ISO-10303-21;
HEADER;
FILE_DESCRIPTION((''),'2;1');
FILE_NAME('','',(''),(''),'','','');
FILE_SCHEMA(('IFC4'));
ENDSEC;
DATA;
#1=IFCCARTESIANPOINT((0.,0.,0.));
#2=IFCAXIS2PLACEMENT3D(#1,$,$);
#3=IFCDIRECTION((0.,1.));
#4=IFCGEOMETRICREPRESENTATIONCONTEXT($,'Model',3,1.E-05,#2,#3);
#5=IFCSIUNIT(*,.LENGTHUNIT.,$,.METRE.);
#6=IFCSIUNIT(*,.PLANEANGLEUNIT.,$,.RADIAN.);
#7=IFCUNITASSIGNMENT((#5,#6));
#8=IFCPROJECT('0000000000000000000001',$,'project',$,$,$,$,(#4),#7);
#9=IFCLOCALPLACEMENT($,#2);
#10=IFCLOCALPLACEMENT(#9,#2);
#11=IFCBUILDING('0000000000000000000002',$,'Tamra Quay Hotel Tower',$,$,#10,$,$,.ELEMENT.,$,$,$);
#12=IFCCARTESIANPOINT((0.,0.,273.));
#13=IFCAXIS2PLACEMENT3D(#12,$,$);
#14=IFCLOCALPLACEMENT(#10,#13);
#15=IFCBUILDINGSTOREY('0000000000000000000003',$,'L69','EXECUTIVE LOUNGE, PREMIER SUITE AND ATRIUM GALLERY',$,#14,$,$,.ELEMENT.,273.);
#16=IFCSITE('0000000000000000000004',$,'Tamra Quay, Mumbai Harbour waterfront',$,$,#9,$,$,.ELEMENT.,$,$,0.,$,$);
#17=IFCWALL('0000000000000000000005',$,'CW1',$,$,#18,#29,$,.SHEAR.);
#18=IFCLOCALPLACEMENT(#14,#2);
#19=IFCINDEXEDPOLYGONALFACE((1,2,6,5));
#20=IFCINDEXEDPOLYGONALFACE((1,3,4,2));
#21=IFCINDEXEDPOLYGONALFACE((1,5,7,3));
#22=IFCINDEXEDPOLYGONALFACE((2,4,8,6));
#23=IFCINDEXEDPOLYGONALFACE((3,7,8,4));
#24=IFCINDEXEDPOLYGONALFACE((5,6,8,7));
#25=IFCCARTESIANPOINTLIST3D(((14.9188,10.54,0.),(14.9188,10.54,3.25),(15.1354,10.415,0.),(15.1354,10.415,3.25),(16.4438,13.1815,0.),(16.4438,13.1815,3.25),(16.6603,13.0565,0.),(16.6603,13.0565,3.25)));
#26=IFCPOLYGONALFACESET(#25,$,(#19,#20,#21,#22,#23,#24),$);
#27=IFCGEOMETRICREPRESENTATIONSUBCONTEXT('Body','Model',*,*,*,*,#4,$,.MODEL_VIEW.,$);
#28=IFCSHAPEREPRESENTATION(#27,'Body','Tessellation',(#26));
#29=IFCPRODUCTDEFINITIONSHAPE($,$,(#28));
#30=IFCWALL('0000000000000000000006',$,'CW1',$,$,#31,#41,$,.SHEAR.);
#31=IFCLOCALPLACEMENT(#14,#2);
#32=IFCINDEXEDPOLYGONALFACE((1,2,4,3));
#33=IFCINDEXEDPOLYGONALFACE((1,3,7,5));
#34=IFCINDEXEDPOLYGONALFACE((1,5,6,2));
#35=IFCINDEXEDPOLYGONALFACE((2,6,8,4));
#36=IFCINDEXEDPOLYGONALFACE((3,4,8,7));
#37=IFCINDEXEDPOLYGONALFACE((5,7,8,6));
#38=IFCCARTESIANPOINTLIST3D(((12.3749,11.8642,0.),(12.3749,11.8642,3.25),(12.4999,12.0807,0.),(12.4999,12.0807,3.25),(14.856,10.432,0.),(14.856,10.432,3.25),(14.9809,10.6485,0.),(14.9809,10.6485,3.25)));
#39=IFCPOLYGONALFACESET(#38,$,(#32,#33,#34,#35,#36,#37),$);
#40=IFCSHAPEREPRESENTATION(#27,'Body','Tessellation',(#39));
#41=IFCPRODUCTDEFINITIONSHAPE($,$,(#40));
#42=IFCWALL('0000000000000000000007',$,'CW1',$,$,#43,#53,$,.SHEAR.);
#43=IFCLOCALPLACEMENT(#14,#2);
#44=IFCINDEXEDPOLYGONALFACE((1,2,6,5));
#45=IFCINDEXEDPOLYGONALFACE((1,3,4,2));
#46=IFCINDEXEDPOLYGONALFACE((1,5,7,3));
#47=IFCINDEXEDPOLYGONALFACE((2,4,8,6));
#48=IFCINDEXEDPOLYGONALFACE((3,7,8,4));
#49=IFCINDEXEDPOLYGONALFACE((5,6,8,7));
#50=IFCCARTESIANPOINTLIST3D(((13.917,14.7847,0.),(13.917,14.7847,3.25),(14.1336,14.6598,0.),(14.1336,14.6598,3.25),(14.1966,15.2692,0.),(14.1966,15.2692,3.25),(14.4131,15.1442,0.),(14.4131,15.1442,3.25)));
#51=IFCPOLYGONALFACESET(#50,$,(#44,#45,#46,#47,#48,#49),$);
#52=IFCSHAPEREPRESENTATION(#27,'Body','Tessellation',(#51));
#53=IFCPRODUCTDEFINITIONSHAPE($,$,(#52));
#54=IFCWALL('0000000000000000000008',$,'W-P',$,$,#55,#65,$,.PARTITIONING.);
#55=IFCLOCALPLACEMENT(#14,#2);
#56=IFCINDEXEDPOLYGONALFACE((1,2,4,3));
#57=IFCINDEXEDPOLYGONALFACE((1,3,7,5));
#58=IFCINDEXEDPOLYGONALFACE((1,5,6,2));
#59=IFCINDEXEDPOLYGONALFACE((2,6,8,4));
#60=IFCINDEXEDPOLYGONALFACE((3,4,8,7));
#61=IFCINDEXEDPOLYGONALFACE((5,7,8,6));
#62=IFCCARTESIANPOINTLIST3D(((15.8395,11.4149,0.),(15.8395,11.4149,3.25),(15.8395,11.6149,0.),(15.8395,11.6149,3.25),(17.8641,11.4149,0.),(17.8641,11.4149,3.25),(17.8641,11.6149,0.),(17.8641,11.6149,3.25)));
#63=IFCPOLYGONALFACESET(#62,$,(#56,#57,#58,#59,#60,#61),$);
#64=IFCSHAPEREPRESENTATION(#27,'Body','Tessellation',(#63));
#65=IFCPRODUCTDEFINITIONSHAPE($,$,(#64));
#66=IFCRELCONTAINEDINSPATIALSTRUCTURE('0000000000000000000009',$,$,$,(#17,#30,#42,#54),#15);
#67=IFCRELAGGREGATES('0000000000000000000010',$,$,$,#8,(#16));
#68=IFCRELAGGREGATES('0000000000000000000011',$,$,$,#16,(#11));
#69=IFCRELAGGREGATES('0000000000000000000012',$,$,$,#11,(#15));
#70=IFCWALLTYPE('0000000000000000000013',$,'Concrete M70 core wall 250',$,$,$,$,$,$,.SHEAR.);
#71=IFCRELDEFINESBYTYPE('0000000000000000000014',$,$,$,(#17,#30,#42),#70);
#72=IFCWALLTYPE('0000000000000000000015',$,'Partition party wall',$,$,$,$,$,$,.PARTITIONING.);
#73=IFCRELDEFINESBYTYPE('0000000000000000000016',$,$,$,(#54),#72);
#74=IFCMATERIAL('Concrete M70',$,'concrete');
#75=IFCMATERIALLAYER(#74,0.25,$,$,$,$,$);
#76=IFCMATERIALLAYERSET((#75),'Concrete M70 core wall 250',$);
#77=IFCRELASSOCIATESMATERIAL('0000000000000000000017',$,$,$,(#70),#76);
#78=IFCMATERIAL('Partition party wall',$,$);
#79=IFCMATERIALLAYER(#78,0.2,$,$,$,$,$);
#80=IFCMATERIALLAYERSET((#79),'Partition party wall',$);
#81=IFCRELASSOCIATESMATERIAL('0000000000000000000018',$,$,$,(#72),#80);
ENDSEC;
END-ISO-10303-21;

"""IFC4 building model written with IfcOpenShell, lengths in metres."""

from ifc_helpers import new_model, si_unit, direction, frame, frame_2d, origin, place, context, subcontext, project, spatial, rectangle, extrude, material, layer, layer_set, type_object, element, save


model = new_model("IFC4")

# Units and contexts
model_context = context("Model", 3, precision=1e-05, world=origin(), true_north=direction((0.0, 1.0)))
body_context = subcontext(model_context, "Body", "Model", "MODEL_VIEW")
ifc_project = project(units=[si_unit("LENGTHUNIT", "METRE"), si_unit("PLANEANGLEUNIT", "RADIAN")], contexts=[model_context])

# Site, building, storey
site_placement = place(None, origin())
site = spatial("IfcSite", under=ifc_project, at=site_placement, Name="Tamra Quay, Mumbai Harbour waterfront", CompositionType="ELEMENT", RefElevation=0.0)
building_placement = place(site_placement, origin())
building = spatial("IfcBuilding", under=site, at=building_placement, Name="Tamra Quay Hotel Tower", CompositionType="ELEMENT")
storey_placement = place(building_placement, frame((0.0, 0.0, 273.0)))
storey = spatial("IfcBuildingStorey", under=building, at=storey_placement, Name="L69", Description="EXECUTIVE LOUNGE, PREMIER SUITE AND ATRIUM GALLERY", CompositionType="ELEMENT", Elevation=273.0)

# Shared definitions
ifc_material_1 = material(Name="Concrete M70", Category="concrete")

# Walls
ifc_layer_1 = layer(ifc_material_1, 0.25)
ifc_layer_set_1 = layer_set([ifc_layer_1], Name="Concrete M70 core wall 250")
wall_type_1 = type_object("IfcWallType", Name="Concrete M70 core wall 250", PredefinedType="SHEAR", material=ifc_layer_set_1)
wall_1_placement = place(storey_placement, frame((16.552, 13.1189, 0.0), z_axis=(0.0, 0.0, 1.0), x_axis=(-0.499979, -0.866038, 0.0)))
element("IfcWall", 1, at=wall_1_placement, inside=storey, type_object=wall_type_1, Name="CW1", PredefinedType="SHEAR", context=body_context, shape_type="SweptSolid", body=[
    extrude(rectangle(XDim=3.05, YDim=0.25, at=frame_2d((1.5249, 0.0))), origin(), (0.0, 0.0, 1.0), 3.25),
])
wall_2_placement = place(storey_placement, frame((14.9185, 10.5403, 0.0), z_axis=(0.0, 0.0, 1.0), x_axis=(-0.866064, 0.499934, 0.0)))
element("IfcWall", 2, at=wall_2_placement, inside=storey, type_object=wall_type_1, Name="CW1", PredefinedType="SHEAR", context=body_context, shape_type="SweptSolid", body=[
    extrude(rectangle(XDim=2.8647, YDim=0.25, at=frame_2d((1.4324, 0.0))), origin(), (0.0, 0.0, 1.0), 3.25),
])
wall_3_placement = place(storey_placement, frame((14.3049, 15.2068, 0.0), z_axis=(0.0, 0.0, 1.0), x_axis=(-0.499848, -0.866113, 0.0)))
element("IfcWall", 3, at=wall_3_placement, inside=storey, type_object=wall_type_1, Name="CW1", PredefinedType="SHEAR", context=body_context, shape_type="SweptSolid", body=[
    extrude(rectangle(XDim=0.5593, YDim=0.25, at=frame_2d((0.2798, 0.0))), origin(), (0.0, 0.0, 1.0), 3.25),
])
ifc_material_2 = material(Name="Partition party wall")
ifc_layer_2 = layer(ifc_material_2, 0.2)
ifc_layer_set_2 = layer_set([ifc_layer_2], Name="Partition party wall")
wall_type_2 = type_object("IfcWallType", Name="Partition party wall", PredefinedType="PARTITIONING", material=ifc_layer_set_2)
wall_4_placement = place(storey_placement, frame((15.8396, 11.5149, 0.0), z_axis=(0.0, 0.0, 1.0), x_axis=(1.0, 0.0, 0.0)))
element("IfcWall", 4, at=wall_4_placement, inside=storey, type_object=wall_type_2, Name="W-P", PredefinedType="PARTITIONING", context=body_context, shape_type="SweptSolid", body=[
    extrude(rectangle(XDim=2.0247, YDim=0.2, at=frame_2d((1.0122, 0.0))), origin(), (0.0, 0.0, 1.0), 3.25),
])

save(model, "model.ifc")
